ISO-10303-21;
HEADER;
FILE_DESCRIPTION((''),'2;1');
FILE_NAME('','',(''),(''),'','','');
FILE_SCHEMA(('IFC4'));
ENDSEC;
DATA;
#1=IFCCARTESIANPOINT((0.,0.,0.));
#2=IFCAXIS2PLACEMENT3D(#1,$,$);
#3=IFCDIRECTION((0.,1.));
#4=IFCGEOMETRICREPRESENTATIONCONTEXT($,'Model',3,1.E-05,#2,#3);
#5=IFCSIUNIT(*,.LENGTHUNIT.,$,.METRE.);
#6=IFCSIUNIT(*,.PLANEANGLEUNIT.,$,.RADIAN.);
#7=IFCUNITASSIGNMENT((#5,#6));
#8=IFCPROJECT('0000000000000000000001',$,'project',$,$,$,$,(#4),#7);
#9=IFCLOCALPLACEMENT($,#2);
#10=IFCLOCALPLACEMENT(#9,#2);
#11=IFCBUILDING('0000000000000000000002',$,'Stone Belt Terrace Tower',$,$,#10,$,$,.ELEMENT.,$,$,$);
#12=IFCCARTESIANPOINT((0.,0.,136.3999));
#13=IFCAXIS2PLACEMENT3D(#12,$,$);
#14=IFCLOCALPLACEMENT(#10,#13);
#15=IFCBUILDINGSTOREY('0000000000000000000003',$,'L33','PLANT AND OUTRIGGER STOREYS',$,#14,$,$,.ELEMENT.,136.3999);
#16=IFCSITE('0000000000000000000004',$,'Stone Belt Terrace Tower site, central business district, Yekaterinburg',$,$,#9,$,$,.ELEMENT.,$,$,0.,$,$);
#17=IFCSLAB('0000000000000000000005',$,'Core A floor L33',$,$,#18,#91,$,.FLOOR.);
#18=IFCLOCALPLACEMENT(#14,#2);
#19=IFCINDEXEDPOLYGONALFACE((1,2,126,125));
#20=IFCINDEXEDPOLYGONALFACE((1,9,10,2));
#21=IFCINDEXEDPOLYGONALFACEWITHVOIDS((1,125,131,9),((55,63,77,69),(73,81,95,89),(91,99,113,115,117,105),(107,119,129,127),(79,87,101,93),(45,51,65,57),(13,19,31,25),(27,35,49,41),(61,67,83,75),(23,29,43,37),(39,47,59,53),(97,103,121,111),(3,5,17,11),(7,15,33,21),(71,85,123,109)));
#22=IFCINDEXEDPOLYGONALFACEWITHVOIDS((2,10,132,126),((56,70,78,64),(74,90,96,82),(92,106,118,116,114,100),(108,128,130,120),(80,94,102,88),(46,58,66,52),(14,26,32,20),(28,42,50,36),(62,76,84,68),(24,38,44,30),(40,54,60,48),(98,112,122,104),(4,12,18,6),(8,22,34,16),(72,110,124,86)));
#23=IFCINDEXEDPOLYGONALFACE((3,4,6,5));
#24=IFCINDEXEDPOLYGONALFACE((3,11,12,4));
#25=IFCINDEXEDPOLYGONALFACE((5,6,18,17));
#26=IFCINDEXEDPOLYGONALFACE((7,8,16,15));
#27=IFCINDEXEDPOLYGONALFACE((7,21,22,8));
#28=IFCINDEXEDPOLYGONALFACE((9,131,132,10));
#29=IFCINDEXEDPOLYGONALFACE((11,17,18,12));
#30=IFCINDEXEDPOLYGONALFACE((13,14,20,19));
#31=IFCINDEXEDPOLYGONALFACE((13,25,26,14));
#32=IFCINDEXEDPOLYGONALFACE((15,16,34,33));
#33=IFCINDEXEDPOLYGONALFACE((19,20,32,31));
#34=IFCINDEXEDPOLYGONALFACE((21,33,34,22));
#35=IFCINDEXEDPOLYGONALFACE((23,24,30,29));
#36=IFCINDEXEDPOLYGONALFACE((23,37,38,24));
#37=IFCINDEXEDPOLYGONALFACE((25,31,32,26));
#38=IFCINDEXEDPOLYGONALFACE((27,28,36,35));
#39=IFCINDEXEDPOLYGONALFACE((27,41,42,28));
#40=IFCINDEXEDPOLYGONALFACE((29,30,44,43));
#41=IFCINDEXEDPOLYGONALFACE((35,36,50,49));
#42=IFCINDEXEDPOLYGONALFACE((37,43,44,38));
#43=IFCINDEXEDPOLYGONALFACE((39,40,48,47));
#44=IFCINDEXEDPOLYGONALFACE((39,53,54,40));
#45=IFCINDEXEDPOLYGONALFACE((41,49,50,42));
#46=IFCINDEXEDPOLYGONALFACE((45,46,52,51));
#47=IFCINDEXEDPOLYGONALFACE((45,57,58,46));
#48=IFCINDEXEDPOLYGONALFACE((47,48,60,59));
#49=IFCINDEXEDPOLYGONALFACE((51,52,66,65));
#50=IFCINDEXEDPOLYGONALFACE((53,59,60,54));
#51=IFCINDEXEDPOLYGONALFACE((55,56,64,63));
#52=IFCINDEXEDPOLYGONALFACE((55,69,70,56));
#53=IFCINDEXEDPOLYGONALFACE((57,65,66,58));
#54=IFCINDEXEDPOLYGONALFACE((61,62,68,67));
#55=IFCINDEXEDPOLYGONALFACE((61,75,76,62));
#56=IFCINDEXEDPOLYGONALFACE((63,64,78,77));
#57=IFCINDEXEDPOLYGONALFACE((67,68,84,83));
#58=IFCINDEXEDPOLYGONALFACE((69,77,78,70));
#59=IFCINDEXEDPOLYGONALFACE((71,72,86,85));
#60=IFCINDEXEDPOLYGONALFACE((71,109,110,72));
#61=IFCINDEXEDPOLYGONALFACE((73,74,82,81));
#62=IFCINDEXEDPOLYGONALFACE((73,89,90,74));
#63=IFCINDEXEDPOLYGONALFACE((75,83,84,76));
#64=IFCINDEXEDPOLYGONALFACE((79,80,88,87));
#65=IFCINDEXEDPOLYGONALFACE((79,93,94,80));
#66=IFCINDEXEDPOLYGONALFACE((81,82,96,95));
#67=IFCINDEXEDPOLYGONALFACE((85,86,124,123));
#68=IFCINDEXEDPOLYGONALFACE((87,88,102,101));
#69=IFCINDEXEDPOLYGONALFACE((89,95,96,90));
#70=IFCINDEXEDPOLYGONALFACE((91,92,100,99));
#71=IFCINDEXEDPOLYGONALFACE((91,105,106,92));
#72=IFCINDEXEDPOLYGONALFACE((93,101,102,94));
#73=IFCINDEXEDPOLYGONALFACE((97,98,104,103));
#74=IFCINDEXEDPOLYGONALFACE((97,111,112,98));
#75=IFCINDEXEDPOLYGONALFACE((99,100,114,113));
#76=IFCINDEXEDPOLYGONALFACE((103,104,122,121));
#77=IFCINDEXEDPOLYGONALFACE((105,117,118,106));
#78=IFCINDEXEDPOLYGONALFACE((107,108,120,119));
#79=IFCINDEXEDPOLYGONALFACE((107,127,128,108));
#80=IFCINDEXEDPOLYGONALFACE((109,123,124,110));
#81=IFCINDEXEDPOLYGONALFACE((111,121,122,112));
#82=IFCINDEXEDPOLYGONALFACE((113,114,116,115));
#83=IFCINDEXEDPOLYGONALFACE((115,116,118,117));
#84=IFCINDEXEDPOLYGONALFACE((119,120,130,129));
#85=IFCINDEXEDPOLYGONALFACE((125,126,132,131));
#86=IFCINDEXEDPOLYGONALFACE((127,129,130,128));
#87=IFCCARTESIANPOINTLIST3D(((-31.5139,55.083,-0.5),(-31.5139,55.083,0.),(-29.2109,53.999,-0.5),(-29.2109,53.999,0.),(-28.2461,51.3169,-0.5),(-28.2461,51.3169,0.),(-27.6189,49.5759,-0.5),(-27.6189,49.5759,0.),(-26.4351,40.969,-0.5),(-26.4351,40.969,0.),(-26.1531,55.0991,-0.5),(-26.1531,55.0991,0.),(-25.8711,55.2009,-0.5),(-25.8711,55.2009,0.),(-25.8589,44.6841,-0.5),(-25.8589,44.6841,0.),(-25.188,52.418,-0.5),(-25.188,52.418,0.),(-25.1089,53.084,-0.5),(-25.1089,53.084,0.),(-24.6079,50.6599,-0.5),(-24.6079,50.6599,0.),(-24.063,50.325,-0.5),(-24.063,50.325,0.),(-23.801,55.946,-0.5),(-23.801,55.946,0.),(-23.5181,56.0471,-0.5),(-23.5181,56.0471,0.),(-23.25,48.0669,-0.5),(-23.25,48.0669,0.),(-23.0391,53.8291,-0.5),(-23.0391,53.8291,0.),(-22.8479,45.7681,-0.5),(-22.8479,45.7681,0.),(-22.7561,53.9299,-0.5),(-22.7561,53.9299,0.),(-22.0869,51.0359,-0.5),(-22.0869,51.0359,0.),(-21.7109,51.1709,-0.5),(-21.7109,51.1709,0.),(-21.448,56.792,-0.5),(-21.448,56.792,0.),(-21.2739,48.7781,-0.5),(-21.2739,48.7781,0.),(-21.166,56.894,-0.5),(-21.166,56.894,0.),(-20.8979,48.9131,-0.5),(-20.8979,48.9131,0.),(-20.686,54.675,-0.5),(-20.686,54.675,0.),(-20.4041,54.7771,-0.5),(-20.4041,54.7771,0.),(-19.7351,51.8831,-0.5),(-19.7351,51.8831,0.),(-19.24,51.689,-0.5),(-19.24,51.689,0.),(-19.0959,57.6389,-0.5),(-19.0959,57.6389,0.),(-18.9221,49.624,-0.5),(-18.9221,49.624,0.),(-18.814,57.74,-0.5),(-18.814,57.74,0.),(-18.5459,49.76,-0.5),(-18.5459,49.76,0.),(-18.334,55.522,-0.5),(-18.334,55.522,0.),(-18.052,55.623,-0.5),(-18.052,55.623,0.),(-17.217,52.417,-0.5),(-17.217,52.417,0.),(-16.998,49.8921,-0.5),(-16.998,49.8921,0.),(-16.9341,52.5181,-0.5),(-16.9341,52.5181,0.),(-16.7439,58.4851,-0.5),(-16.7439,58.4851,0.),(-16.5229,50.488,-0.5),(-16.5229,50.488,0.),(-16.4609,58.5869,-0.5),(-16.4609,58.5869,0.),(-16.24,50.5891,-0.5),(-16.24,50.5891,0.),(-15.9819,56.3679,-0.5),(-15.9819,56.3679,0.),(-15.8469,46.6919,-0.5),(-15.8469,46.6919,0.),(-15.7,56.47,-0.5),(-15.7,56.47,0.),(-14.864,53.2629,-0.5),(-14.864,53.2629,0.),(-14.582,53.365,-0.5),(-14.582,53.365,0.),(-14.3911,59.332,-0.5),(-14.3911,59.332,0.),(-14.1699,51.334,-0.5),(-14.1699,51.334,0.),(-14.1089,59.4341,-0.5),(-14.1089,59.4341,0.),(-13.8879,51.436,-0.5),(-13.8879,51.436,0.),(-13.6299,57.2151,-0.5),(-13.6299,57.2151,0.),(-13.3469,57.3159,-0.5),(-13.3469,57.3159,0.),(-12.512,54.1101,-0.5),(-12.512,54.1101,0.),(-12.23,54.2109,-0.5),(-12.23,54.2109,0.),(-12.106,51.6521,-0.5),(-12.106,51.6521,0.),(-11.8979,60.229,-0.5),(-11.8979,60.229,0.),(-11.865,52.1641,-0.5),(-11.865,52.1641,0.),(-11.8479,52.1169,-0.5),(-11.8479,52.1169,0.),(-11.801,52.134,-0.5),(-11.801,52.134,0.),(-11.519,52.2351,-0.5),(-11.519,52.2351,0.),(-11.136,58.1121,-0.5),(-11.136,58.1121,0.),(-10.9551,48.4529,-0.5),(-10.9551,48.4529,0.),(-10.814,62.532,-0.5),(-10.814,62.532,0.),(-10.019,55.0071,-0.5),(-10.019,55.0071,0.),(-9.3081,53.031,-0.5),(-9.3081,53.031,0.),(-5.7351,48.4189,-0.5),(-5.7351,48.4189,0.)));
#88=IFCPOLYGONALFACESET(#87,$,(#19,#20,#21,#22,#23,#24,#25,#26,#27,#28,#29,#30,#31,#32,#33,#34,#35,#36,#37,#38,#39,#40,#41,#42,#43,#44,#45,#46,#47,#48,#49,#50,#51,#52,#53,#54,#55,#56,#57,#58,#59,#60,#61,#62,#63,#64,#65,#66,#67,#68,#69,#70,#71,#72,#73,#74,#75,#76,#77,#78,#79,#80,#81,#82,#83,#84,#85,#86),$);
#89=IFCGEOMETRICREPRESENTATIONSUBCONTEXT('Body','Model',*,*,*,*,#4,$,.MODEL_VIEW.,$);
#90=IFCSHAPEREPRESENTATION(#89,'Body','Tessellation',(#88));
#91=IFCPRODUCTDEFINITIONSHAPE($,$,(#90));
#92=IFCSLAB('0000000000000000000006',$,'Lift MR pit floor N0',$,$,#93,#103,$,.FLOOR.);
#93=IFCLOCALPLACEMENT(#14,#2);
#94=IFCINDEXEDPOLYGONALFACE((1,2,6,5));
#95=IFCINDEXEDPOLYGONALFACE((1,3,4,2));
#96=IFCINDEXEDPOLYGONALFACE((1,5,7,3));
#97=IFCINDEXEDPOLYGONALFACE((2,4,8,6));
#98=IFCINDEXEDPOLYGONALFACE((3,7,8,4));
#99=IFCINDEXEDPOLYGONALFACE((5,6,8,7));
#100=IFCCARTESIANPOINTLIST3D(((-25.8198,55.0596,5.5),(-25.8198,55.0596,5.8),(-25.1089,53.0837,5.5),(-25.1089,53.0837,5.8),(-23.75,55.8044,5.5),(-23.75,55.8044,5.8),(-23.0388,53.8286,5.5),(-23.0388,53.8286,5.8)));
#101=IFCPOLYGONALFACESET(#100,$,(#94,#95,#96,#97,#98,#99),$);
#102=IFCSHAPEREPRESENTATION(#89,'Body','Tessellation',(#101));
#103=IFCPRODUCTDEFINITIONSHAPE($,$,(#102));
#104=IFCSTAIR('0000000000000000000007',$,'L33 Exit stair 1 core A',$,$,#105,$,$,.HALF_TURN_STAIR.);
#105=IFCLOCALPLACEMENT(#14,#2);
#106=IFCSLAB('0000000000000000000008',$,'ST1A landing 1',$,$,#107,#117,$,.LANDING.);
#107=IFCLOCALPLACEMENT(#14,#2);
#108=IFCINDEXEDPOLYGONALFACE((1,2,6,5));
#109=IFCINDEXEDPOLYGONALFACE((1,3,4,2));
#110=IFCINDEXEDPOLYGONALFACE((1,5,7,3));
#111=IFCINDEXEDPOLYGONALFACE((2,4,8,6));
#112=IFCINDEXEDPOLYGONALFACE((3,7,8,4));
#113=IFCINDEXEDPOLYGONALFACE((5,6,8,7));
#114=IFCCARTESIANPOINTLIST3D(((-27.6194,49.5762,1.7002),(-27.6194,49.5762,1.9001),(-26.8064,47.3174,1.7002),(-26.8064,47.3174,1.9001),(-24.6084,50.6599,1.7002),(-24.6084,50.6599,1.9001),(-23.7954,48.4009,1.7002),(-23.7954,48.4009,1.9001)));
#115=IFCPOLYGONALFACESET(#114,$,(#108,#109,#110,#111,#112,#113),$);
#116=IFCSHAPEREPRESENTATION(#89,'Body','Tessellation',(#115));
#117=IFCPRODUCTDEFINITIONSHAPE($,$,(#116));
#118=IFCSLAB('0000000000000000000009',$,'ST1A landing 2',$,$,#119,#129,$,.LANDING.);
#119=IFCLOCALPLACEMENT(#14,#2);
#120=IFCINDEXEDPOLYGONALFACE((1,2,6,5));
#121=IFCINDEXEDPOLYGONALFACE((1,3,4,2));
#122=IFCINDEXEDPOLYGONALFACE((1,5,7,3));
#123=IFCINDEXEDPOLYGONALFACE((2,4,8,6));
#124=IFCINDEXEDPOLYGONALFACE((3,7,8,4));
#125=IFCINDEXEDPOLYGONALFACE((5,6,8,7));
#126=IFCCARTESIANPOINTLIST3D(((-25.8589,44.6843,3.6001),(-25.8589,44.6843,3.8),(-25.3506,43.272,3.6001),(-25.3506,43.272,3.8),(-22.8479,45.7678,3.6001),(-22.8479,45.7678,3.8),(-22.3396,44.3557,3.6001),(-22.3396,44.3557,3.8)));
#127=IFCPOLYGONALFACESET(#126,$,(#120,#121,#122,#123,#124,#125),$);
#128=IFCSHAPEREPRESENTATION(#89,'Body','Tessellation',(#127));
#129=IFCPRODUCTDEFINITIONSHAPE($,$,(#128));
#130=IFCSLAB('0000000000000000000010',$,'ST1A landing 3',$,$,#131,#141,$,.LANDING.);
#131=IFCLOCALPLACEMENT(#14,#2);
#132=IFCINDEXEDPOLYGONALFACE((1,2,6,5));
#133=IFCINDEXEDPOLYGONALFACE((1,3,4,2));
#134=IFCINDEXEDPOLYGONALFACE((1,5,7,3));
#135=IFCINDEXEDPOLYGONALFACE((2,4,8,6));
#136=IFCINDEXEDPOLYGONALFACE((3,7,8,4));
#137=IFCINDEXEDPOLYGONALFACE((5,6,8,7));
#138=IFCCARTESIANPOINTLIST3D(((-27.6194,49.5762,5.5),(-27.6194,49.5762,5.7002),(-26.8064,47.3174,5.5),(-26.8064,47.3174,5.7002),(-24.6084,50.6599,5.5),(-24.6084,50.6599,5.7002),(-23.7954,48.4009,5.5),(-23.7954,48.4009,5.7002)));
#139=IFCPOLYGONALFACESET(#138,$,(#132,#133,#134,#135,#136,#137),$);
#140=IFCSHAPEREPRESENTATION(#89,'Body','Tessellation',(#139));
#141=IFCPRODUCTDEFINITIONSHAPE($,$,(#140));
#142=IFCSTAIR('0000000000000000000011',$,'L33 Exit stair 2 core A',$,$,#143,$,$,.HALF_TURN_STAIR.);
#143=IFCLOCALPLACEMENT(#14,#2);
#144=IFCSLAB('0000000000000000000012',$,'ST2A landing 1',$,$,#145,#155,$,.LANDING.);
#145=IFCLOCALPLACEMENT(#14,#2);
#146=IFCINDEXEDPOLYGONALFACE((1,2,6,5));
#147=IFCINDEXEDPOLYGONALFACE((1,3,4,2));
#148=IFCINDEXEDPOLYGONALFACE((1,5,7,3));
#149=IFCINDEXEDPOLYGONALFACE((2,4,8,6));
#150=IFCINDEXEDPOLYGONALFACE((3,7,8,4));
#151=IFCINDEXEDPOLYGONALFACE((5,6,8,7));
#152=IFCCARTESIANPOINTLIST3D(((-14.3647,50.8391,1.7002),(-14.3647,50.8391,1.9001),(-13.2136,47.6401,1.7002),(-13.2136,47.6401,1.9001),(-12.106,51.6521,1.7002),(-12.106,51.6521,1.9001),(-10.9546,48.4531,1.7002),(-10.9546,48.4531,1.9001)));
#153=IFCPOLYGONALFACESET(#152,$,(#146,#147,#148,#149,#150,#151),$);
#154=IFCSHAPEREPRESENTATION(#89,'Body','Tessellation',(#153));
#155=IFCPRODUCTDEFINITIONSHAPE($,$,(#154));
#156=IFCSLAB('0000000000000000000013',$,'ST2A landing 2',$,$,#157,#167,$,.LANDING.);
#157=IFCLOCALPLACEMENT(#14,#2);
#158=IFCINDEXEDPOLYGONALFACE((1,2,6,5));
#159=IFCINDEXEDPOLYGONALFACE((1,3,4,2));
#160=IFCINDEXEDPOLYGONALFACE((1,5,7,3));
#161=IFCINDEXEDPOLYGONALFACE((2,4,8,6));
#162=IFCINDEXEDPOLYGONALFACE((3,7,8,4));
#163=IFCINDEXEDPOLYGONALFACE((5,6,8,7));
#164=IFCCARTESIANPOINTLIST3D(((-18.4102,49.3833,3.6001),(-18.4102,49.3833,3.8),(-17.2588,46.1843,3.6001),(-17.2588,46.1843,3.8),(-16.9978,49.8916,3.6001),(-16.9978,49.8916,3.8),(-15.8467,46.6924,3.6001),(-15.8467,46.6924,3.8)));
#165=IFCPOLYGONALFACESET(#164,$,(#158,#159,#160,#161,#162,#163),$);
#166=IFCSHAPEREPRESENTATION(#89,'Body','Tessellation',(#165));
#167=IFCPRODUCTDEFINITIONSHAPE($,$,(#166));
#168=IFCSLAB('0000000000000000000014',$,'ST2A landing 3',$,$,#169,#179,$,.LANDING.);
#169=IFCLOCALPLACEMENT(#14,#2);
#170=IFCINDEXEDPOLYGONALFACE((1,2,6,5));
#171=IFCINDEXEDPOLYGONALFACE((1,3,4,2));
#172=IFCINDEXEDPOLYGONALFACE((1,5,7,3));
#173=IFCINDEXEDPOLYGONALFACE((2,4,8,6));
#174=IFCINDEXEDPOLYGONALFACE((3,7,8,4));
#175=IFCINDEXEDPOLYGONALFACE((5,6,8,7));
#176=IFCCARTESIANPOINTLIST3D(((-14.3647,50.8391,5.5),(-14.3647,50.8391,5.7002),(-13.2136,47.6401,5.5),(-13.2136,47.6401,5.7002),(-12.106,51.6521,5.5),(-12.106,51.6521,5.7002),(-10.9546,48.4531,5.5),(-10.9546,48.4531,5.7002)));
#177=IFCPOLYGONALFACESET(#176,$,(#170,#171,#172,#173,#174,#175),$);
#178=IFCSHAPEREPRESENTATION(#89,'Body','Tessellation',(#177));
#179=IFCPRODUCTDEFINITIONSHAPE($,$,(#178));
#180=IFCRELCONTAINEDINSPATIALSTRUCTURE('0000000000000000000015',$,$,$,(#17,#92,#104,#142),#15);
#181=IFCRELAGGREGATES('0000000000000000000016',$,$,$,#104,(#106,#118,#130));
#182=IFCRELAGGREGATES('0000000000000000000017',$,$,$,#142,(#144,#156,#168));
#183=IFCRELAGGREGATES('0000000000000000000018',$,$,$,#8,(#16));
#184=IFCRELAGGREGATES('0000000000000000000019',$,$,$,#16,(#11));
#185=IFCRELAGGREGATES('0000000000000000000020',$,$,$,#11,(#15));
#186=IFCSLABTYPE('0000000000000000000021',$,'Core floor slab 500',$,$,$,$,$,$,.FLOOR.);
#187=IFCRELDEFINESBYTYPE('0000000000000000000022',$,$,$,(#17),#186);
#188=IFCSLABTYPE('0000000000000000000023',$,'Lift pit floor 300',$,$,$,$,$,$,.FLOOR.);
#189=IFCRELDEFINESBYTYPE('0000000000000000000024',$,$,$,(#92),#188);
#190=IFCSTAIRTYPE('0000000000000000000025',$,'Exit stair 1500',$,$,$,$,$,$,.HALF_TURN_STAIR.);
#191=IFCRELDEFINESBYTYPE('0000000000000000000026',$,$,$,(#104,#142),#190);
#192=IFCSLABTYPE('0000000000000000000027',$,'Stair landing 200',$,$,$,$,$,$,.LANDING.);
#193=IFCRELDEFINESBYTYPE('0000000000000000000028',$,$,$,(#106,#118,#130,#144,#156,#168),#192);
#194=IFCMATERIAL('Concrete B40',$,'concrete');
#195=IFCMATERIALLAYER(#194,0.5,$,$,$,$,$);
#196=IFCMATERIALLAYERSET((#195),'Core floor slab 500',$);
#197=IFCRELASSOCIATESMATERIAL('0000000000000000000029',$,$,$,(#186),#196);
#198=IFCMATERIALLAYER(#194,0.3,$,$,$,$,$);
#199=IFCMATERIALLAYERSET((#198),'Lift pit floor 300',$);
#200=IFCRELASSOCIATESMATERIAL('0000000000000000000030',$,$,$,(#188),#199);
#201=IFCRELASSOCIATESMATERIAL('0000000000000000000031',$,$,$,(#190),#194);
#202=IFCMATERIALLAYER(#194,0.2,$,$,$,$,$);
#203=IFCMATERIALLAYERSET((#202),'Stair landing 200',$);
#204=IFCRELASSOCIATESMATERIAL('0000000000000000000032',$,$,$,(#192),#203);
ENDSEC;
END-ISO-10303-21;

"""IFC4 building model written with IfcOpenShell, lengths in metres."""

from ifc_helpers import new_model, si_unit, direction, frame, origin, place, context, subcontext, project, spatial, polyline, outline, extrude, material, layer, layer_set, type_object, element, aggregate, save


model = new_model("IFC4")

# Units and contexts
model_context = context("Model", 3, precision=1e-05, world=origin(), true_north=direction((0.0, 1.0)))
body_context = subcontext(model_context, "Body", "Model", "MODEL_VIEW")
ifc_project = project(units=[si_unit("LENGTHUNIT", "METRE"), si_unit("PLANEANGLEUNIT", "RADIAN")], contexts=[model_context])

# Site, building, storey
site_placement = place(None, origin())
site = spatial("IfcSite", under=ifc_project, at=site_placement, Name="Stone Belt Terrace Tower site, central business district, Yekaterinburg", CompositionType="ELEMENT", RefElevation=0.0)
building_placement = place(site_placement, origin())
building = spatial("IfcBuilding", under=site, at=building_placement, Name="Stone Belt Terrace Tower", CompositionType="ELEMENT")
storey_placement = place(building_placement, frame((0.0, 0.0, 136.3999)))
storey = spatial("IfcBuildingStorey", under=building, at=storey_placement, Name="L33", Description="PLANT AND OUTRIGGER STOREYS", CompositionType="ELEMENT", Elevation=136.3999)

# Slabs
ifc_material = material(Name="Concrete B40", Category="concrete")
ifc_layer_1 = layer(ifc_material, 0.5)
ifc_layer_set_1 = layer_set([ifc_layer_1], Name="Core floor slab 500")
slab_type_1 = type_object("IfcSlabType", Name="Core floor slab 500", PredefinedType="FLOOR", material=ifc_layer_set_1)
slab_1_placement = place(storey_placement, frame((0.0, 0.0, -0.5)))
element("IfcSlab", 1, at=slab_1_placement, inside=storey, type_object=slab_type_1, Name="Core A floor L33", PredefinedType="FLOOR", context=body_context, shape_type="SweptSolid", body=[
    extrude(outline(polyline([(-26.4351, 40.969), (-5.7351, 48.4189), (-10.814, 62.532), (-31.5139, 55.083), (-26.4351, 40.969)]), holes=[polyline([(-24.6079, 50.6599), (-22.8479, 45.7681), (-25.8589, 44.6841), (-27.6189, 49.5759), (-24.6079, 50.6599)]), polyline([(-21.2739, 48.7781), (-23.25, 48.0669), (-24.063, 50.325), (-22.0869, 51.0359), (-21.2739, 48.7781)]), polyline([(-18.9221, 49.624), (-20.8979, 48.9131), (-21.7109, 51.1709), (-19.7351, 51.8831), (-18.9221, 49.624)]), polyline([(-19.24, 51.689), (-17.217, 52.417), (-16.5229, 50.488), (-18.5459, 49.76), (-19.24, 51.689)]), polyline([(-29.2109, 53.999), (-26.1531, 55.0991), (-25.188, 52.418), (-28.2461, 51.3169), (-29.2109, 53.999)]), polyline([(-23.801, 55.946), (-23.0391, 53.8291), (-25.1089, 53.084), (-25.8711, 55.2009), (-23.801, 55.946)]), polyline([(-21.448, 56.792), (-20.686, 54.675), (-22.7561, 53.9299), (-23.5181, 56.0471), (-21.448, 56.792)]), polyline([(-19.0959, 57.6389), (-18.334, 55.522), (-20.4041, 54.7771), (-21.166, 56.894), (-19.0959, 57.6389)]), polyline([(-15.8469, 46.6919), (-16.998, 49.8921), (-12.106, 51.6521), (-10.9551, 48.4529), (-15.8469, 46.6919)]), polyline([(-16.24, 50.5891), (-16.9341, 52.5181), (-14.864, 53.2629), (-14.1699, 51.334), (-16.24, 50.5891)]), polyline([(-11.8479, 52.1169), (-11.865, 52.1641), (-13.8879, 51.436), (-14.582, 53.365), (-12.512, 54.1101), (-11.801, 52.134), (-11.8479, 52.1169)]), polyline([(-9.3081, 53.031), (-11.519, 52.2351), (-12.23, 54.2109), (-10.019, 55.0071), (-9.3081, 53.031)]), polyline([(-16.7439, 58.4851), (-15.9819, 56.3679), (-18.052, 55.623), (-18.814, 57.74), (-16.7439, 58.4851)]), polyline([(-14.3911, 59.332), (-13.6299, 57.2151), (-15.7, 56.47), (-16.4609, 58.5869), (-14.3911, 59.332)]), polyline([(-11.8979, 60.229), (-11.136, 58.1121), (-13.3469, 57.3159), (-14.1089, 59.4341), (-11.8979, 60.229)])]), origin(), (0.0, 0.0, 1.0), 0.5),
])
ifc_layer_2 = layer(ifc_material, 0.3)
ifc_layer_set_2 = layer_set([ifc_layer_2], Name="Lift pit floor 300")
slab_type_2 = type_object("IfcSlabType", Name="Lift pit floor 300", PredefinedType="FLOOR", material=ifc_layer_set_2)
slab_2_placement = place(storey_placement, frame((0.0, 0.0, 5.5)))
element("IfcSlab", 2, at=slab_2_placement, inside=storey, type_object=slab_type_2, Name="Lift MR pit floor N0", PredefinedType="FLOOR", context=body_context, shape_type="SweptSolid", body=[
    extrude(outline(polyline([(-25.1089, 53.0837), (-23.0388, 53.8286), (-23.75, 55.8044), (-25.8198, 55.0596), (-25.1089, 53.0837)])), origin(), (0.0, 0.0, 1.0), 0.3),
])

# Stairs, slabs
stair_type = type_object("IfcStairType", Name="Exit stair 1500", PredefinedType="HALF_TURN_STAIR", material=ifc_material)
stair_1_placement = place(storey_placement, origin())
stair_1 = element("IfcStair", 3, at=stair_1_placement, inside=storey, type_object=stair_type, Name="L33 Exit stair 1 core A", PredefinedType="HALF_TURN_STAIR")
ifc_layer_3 = layer(ifc_material, 0.2)
ifc_layer_set_3 = layer_set([ifc_layer_3], Name="Stair landing 200")
slab_type_3 = type_object("IfcSlabType", Name="Stair landing 200", PredefinedType="LANDING", material=ifc_layer_set_3)
slab_3_placement = place(storey_placement, frame((0.0, 0.0, 1.7002)))
slab_3 = element("IfcSlab", 4, at=slab_3_placement, type_object=slab_type_3, Name="ST1A landing 1", PredefinedType="LANDING", context=body_context, shape_type="SweptSolid", body=[
    extrude(outline(polyline([(-23.7954, 48.4009), (-24.6084, 50.6599), (-27.6194, 49.5762), (-26.8064, 47.3174), (-23.7954, 48.4009)])), origin(), (0.0, 0.0, 1.0), 0.2),
])
slab_4_placement = place(storey_placement, frame((0.0, 0.0, 3.6001)))
slab_4 = element("IfcSlab", 5, at=slab_4_placement, type_object=slab_type_3, Name="ST1A landing 2", PredefinedType="LANDING", context=body_context, shape_type="SweptSolid", body=[
    extrude(outline(polyline([(-22.3396, 44.3557), (-22.8479, 45.7678), (-25.8589, 44.6843), (-25.3506, 43.272), (-22.3396, 44.3557)])), origin(), (0.0, 0.0, 1.0), 0.2),
])
slab_5_placement = place(storey_placement, frame((0.0, 0.0, 5.5)))
slab_5 = element("IfcSlab", 6, at=slab_5_placement, type_object=slab_type_3, Name="ST1A landing 3", PredefinedType="LANDING", context=body_context, shape_type="SweptSolid", body=[
    extrude(outline(polyline([(-23.7954, 48.4009), (-24.6084, 50.6599), (-27.6194, 49.5762), (-26.8064, 47.3174), (-23.7954, 48.4009)])), origin(), (0.0, 0.0, 1.0), 0.2002),
])
aggregate(stair_1, [slab_3, slab_4, slab_5])
stair_2_placement = place(storey_placement, origin())
stair_2 = element("IfcStair", 7, at=stair_2_placement, inside=storey, type_object=stair_type, Name="L33 Exit stair 2 core A", PredefinedType="HALF_TURN_STAIR")
slab_6_placement = place(storey_placement, frame((0.0, 0.0, 1.7002)))
slab_6 = element("IfcSlab", 8, at=slab_6_placement, type_object=slab_type_3, Name="ST2A landing 1", PredefinedType="LANDING", context=body_context, shape_type="SweptSolid", body=[
    extrude(outline(polyline([(-13.2136, 47.6401), (-10.9546, 48.4531), (-12.106, 51.6521), (-14.3647, 50.8391), (-13.2136, 47.6401)])), origin(), (0.0, 0.0, 1.0), 0.2),
])
slab_7_placement = place(storey_placement, frame((0.0, 0.0, 3.6001)))
slab_7 = element("IfcSlab", 9, at=slab_7_placement, type_object=slab_type_3, Name="ST2A landing 2", PredefinedType="LANDING", context=body_context, shape_type="SweptSolid", body=[
    extrude(outline(polyline([(-17.2588, 46.1843), (-15.8467, 46.6924), (-16.9978, 49.8916), (-18.4102, 49.3833), (-17.2588, 46.1843)])), origin(), (0.0, 0.0, 1.0), 0.2),
])
slab_8_placement = place(storey_placement, frame((0.0, 0.0, 5.5)))
slab_8 = element("IfcSlab", 10, at=slab_8_placement, type_object=slab_type_3, Name="ST2A landing 3", PredefinedType="LANDING", context=body_context, shape_type="SweptSolid", body=[
    extrude(outline(polyline([(-13.2136, 47.6401), (-10.9546, 48.4531), (-12.106, 51.6521), (-14.3647, 50.8391), (-13.2136, 47.6401)])), origin(), (0.0, 0.0, 1.0), 0.2002),
])
aggregate(stair_2, [slab_6, slab_7, slab_8])

save(model, "model.ifc")
